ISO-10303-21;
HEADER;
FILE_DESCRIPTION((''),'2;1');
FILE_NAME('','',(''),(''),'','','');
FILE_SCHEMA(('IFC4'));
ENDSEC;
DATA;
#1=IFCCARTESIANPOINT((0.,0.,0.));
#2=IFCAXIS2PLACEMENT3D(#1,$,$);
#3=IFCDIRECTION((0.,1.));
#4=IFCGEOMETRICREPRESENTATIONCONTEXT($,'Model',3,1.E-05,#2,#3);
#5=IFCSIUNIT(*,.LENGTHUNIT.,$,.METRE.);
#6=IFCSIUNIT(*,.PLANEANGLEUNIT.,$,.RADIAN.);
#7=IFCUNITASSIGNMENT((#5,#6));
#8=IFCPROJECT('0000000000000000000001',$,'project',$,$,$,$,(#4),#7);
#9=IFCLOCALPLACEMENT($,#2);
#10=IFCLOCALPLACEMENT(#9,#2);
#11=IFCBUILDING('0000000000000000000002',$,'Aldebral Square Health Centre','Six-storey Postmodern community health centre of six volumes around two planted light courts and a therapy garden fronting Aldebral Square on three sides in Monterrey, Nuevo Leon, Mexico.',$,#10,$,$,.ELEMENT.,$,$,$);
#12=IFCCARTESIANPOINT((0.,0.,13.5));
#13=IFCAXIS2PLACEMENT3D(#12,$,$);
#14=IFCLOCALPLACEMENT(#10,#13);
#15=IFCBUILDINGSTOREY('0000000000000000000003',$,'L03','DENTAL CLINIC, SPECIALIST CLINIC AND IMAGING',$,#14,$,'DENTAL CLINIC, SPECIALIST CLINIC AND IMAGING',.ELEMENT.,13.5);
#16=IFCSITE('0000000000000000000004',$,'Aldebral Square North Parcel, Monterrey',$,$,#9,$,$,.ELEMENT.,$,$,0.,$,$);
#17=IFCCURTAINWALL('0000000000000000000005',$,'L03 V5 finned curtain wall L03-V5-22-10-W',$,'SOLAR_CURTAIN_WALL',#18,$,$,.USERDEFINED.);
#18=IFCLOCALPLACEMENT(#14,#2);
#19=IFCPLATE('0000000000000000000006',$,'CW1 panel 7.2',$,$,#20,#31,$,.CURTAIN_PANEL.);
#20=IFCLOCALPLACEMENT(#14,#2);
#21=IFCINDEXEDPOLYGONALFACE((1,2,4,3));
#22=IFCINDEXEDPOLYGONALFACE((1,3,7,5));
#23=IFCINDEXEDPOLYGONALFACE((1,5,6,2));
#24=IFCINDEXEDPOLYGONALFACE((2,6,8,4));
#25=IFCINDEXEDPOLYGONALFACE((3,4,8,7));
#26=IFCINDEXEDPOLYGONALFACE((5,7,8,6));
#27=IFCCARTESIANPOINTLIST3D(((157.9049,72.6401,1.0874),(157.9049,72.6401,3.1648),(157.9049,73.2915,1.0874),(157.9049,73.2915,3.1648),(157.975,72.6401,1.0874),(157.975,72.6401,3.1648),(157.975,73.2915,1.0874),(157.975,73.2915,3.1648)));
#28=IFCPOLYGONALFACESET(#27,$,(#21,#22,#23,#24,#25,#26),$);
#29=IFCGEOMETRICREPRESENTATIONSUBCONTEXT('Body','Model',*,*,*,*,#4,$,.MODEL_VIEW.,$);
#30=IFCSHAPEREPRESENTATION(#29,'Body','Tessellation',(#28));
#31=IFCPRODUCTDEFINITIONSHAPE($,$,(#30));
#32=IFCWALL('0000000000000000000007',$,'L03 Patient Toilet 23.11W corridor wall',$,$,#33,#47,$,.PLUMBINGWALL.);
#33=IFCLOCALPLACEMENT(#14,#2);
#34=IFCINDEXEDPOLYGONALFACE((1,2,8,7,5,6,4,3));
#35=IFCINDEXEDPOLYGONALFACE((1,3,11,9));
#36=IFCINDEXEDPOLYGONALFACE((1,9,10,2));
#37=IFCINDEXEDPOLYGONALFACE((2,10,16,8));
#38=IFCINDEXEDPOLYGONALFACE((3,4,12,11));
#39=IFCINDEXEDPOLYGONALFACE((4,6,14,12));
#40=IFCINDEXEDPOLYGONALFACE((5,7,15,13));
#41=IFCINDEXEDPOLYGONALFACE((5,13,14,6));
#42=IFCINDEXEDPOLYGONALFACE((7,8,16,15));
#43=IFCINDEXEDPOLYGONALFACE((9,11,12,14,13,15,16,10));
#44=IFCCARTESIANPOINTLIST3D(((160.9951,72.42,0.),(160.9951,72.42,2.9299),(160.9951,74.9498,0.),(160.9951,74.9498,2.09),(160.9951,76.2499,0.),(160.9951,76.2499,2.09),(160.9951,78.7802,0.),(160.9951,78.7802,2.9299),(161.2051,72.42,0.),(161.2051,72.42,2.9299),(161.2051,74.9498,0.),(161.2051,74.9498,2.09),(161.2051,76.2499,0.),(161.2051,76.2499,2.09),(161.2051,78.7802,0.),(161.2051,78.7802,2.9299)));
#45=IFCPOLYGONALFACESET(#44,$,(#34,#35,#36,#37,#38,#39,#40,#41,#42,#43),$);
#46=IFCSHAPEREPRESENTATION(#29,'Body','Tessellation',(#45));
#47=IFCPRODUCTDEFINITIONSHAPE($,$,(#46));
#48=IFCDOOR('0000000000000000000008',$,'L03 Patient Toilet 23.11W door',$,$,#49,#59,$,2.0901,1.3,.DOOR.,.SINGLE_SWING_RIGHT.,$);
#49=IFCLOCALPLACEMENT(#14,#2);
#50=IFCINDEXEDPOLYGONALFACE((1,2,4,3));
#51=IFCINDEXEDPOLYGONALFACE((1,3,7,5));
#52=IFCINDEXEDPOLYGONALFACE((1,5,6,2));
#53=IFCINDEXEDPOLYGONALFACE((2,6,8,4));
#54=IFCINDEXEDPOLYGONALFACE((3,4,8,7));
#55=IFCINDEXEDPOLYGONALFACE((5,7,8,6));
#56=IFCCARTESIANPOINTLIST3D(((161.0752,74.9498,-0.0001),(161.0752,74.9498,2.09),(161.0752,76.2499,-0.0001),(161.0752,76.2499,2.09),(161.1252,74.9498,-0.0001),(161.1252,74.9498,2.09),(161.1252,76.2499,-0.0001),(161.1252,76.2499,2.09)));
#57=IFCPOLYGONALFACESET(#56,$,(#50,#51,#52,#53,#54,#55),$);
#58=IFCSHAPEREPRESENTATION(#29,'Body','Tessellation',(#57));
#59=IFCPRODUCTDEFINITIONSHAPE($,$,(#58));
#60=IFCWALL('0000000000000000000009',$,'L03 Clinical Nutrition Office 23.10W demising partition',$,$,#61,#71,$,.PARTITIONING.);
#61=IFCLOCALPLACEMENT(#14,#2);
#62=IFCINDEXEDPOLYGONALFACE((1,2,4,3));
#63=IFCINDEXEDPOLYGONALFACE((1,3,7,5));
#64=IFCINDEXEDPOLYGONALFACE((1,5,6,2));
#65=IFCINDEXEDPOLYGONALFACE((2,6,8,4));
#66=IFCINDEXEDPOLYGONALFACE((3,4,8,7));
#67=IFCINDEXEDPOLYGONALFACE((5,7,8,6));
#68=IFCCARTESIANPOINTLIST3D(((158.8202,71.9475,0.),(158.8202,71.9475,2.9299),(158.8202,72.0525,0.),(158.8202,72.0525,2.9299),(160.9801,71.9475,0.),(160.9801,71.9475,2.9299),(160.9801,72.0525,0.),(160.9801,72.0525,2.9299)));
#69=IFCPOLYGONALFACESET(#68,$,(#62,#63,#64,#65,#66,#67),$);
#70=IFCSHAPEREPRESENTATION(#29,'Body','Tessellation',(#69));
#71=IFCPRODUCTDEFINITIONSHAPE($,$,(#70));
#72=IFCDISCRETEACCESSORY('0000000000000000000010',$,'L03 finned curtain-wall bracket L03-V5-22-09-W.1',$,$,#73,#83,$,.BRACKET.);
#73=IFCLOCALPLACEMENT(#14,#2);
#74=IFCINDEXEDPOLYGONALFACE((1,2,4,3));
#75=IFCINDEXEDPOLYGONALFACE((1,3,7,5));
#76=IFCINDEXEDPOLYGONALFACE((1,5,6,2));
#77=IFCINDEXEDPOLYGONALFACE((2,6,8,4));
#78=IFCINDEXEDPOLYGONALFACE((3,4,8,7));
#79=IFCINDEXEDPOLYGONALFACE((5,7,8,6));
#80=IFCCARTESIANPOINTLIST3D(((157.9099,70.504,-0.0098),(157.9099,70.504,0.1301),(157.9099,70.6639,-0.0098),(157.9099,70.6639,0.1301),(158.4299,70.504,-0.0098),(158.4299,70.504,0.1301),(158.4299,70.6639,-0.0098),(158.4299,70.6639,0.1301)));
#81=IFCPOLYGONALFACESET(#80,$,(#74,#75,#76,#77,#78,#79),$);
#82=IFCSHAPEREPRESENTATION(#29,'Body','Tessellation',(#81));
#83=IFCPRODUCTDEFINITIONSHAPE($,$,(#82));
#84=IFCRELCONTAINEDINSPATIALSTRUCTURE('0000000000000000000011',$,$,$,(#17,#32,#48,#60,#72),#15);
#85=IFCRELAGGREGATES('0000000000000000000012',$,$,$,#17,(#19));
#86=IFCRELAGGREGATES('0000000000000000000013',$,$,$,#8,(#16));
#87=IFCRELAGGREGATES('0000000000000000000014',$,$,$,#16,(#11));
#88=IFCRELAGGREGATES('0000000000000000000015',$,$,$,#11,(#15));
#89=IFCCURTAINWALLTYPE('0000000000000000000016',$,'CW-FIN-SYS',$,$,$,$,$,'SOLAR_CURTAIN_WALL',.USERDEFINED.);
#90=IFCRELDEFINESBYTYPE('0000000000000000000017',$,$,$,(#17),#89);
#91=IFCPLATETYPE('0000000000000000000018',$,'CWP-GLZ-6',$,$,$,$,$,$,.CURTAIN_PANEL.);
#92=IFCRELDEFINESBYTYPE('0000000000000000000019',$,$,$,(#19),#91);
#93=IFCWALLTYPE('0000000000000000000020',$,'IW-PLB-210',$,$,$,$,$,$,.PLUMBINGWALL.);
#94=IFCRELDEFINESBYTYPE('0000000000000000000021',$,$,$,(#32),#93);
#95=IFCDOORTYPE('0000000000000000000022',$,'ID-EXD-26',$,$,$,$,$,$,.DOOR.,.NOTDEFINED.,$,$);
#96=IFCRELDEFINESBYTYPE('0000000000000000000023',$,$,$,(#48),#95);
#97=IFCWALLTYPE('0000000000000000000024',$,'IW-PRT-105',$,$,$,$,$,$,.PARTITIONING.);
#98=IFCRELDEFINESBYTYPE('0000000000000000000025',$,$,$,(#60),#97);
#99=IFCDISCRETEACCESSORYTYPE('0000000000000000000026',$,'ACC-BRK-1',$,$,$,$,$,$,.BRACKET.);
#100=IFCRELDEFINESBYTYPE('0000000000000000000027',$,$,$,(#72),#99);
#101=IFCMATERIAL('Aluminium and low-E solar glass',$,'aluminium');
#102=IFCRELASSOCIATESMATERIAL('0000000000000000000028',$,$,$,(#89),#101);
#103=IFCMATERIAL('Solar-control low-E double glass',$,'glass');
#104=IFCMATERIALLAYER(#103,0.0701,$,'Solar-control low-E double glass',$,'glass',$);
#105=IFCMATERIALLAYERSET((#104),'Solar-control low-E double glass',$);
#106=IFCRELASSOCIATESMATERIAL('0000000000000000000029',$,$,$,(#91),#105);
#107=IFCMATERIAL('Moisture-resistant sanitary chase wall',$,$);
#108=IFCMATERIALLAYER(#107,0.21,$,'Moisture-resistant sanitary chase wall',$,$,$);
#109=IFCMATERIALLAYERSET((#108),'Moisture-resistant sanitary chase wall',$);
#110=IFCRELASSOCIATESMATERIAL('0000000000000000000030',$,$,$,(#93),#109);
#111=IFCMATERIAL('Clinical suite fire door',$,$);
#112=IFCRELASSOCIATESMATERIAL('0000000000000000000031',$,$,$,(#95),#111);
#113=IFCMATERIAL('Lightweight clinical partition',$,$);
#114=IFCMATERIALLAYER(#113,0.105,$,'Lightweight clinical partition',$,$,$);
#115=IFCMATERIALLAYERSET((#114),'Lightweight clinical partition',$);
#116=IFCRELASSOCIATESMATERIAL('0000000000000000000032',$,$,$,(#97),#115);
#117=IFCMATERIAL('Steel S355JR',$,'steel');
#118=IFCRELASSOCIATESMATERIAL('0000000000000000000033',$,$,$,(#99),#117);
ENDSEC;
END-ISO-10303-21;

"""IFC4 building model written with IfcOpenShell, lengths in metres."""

from ifc_helpers import new_model, si_unit, direction, frame, frame_2d, origin, origin_2d, place, context, subcontext, project, spatial, rectangle, extrude, material, layer, layer_set, type_object, element, fill, aggregate, save


model = new_model("IFC4")

# Units and contexts
model_context = context("Model", 3, precision=1e-05, world=origin(), true_north=direction((0.0, 1.0)))
body_context = subcontext(model_context, "Body", "Model", "MODEL_VIEW")
ifc_project = project(units=[si_unit("LENGTHUNIT", "METRE"), si_unit("PLANEANGLEUNIT", "RADIAN")], contexts=[model_context])

# Site, building, storey
site_placement = place(None, origin())
site = spatial("IfcSite", under=ifc_project, at=site_placement, Name="Aldebral Square North Parcel, Monterrey", CompositionType="ELEMENT", RefElevation=0.0)
building_placement = place(site_placement, origin())
building = spatial("IfcBuilding", under=site, at=building_placement, Name="Aldebral Square Health Centre", Description="Six-storey Postmodern community health centre of six volumes around two planted light courts and a therapy garden fronting Aldebral Square on three sides in Monterrey, Nuevo Leon, Mexico.", CompositionType="ELEMENT")
storey_placement = place(building_placement, frame((0.0, 0.0, 13.5)))
storey = spatial("IfcBuildingStorey", under=building, at=storey_placement, Name="L03", Description="DENTAL CLINIC, SPECIALIST CLINIC AND IMAGING", LongName="DENTAL CLINIC, SPECIALIST CLINIC AND IMAGING", CompositionType="ELEMENT", Elevation=13.5)

# Shared definitions
ifc_material_1 = material(Name="Aluminium and low-E solar glass", Category="aluminium")
curtain_wall_type = type_object("IfcCurtainWallType", Name="CW-FIN-SYS", ElementType="SOLAR_CURTAIN_WALL", PredefinedType="USERDEFINED", material=ifc_material_1)

# Curtain wall
curtain_wall_1_placement = place(storey_placement, origin())
curtain_wall_1 = element("IfcCurtainWall", 1, at=curtain_wall_1_placement, inside=storey, type_object=curtain_wall_type, Name="L03 V5 finned curtain wall L03-V5-22-10-W", ObjectType="SOLAR_CURTAIN_WALL", PredefinedType="USERDEFINED")

# Plate
ifc_material_2 = material(Name="Solar-control low-E double glass", Category="glass")
ifc_layer_1 = layer(ifc_material_2, 0.0701, Name="Solar-control low-E double glass", Category="glass")
ifc_layer_set_1 = layer_set([ifc_layer_1], Name="Solar-control low-E double glass")
plate_type_1 = type_object("IfcPlateType", Name="CWP-GLZ-6", PredefinedType="CURTAIN_PANEL", material=ifc_layer_set_1)
plate_1_placement = place(storey_placement, frame((157.9399, 72.9658, 1.0874), z_axis=(0.0, 0.0, 1.0), x_axis=(0.0, -1.0, 0.0)))
plate_1 = element("IfcPlate", 2, at=plate_1_placement, type_object=plate_type_1, Name="CW1 panel 7.2", PredefinedType="CURTAIN_PANEL", context=body_context, shape_type="SweptSolid", body=[
    extrude(rectangle(XDim=0.6514, YDim=0.0701, at=origin_2d()), origin(), (0.0, 0.0, 1.0), 2.0774),
])
aggregate(curtain_wall_1, [plate_1])

# Wall, opening, door
ifc_material_3 = material(Name="Moisture-resistant sanitary chase wall")
ifc_layer_2 = layer(ifc_material_3, 0.21, Name="Moisture-resistant sanitary chase wall")
ifc_layer_set_2 = layer_set([ifc_layer_2], Name="Moisture-resistant sanitary chase wall")
wall_type_1 = type_object("IfcWallType", Name="IW-PLB-210", PredefinedType="PLUMBINGWALL", material=ifc_layer_set_2)
wall_1_placement = place(storey_placement, frame((161.1001, 72.4199, 0.0), z_axis=(0.0, 0.0, 1.0), x_axis=(0.0, 1.0, 0.0)))
wall_1 = element("IfcWall", 3, at=wall_1_placement, inside=storey, type_object=wall_type_1, Name="L03 Patient Toilet 23.11W corridor wall", PredefinedType="PLUMBINGWALL", context=body_context, shape_type="SweptSolid", body=[
    extrude(rectangle(XDim=6.3601, YDim=0.21, at=frame_2d((3.1802, 0.0))), origin(), (0.0, 0.0, 1.0), 2.9299),
])
opening_placement = place(wall_1_placement, frame((2.53, 0.0, 0.0)))
opening = element("IfcOpeningElement", 4, at=opening_placement, cuts=wall_1, PredefinedType="OPENING", context=body_context, shape_type="SweptSolid", body=[
    extrude(rectangle(XDim=1.3, YDim=2.0901, at=frame_2d((0.6499, 1.0449))), frame((0.0, 0.115, 0.0), z_axis=(0.0, -1.0, 0.0), x_axis=(1.0, 0.0, 0.0)), (0.0, 0.0, 1.0), 0.23),
])
ifc_material_4 = material(Name="Clinical suite fire door")
door_type = type_object("IfcDoorType", Name="ID-EXD-26", OperationType="NOTDEFINED", PredefinedType="DOOR", material=ifc_material_4)
door_placement = place(opening_placement, origin())
door = element("IfcDoor", 5, at=door_placement, inside=storey, type_object=door_type, Name="L03 Patient Toilet 23.11W door", OperationType="SINGLE_SWING_RIGHT", OverallHeight=2.0901, OverallWidth=1.3, PredefinedType="DOOR", context=body_context, shape_type="SweptSolid", body=[
    extrude(rectangle(XDim=1.3, YDim=2.0901, at=frame_2d((0.6499, 1.0449))), frame((0.0, 0.0249, 0.0), z_axis=(0.0, -1.0, 0.0), x_axis=(1.0, 0.0, 0.0)), (0.0, 0.0, 1.0), 0.05),
])
fill(opening, door)

# Wall
ifc_material_5 = material(Name="Lightweight clinical partition")
ifc_layer_3 = layer(ifc_material_5, 0.105, Name="Lightweight clinical partition")
ifc_layer_set_3 = layer_set([ifc_layer_3], Name="Lightweight clinical partition")
wall_type_2 = type_object("IfcWallType", Name="IW-PRT-105", PredefinedType="PARTITIONING", material=ifc_layer_set_3)
wall_2_placement = place(storey_placement, frame((158.8201, 72.0, 0.0), z_axis=(0.0, 0.0, 1.0), x_axis=(1.0, 0.0, 0.0)))
element("IfcWall", 6, at=wall_2_placement, inside=storey, type_object=wall_type_2, Name="L03 Clinical Nutrition Office 23.10W demising partition", PredefinedType="PARTITIONING", context=body_context, shape_type="SweptSolid", body=[
    extrude(rectangle(XDim=2.1599, YDim=0.105, at=frame_2d((1.0801, 0.0))), origin(), (0.0, 0.0, 1.0), 2.9299),
])

# Discrete accessory
ifc_material_6 = material(Name="Steel S355JR", Category="steel")
discrete_accessory_type = type_object("IfcDiscreteAccessoryType", Name="ACC-BRK-1", PredefinedType="BRACKET", material=ifc_material_6)
discrete_accessory_placement = place(storey_placement, frame((158.1699, 70.584, -0.0098), z_axis=(0.0, 0.0, 1.0), x_axis=(0.0, 1.0, 0.0)))
element("IfcDiscreteAccessory", 7, at=discrete_accessory_placement, inside=storey, type_object=discrete_accessory_type, Name="L03 finned curtain-wall bracket L03-V5-22-09-W.1", PredefinedType="BRACKET", context=body_context, shape_type="SweptSolid", body=[
    extrude(rectangle(XDim=0.1599, YDim=0.52, at=origin_2d()), origin(), (0.0, 0.0, 1.0), 0.1399),
])

save(model, "model.ifc")
